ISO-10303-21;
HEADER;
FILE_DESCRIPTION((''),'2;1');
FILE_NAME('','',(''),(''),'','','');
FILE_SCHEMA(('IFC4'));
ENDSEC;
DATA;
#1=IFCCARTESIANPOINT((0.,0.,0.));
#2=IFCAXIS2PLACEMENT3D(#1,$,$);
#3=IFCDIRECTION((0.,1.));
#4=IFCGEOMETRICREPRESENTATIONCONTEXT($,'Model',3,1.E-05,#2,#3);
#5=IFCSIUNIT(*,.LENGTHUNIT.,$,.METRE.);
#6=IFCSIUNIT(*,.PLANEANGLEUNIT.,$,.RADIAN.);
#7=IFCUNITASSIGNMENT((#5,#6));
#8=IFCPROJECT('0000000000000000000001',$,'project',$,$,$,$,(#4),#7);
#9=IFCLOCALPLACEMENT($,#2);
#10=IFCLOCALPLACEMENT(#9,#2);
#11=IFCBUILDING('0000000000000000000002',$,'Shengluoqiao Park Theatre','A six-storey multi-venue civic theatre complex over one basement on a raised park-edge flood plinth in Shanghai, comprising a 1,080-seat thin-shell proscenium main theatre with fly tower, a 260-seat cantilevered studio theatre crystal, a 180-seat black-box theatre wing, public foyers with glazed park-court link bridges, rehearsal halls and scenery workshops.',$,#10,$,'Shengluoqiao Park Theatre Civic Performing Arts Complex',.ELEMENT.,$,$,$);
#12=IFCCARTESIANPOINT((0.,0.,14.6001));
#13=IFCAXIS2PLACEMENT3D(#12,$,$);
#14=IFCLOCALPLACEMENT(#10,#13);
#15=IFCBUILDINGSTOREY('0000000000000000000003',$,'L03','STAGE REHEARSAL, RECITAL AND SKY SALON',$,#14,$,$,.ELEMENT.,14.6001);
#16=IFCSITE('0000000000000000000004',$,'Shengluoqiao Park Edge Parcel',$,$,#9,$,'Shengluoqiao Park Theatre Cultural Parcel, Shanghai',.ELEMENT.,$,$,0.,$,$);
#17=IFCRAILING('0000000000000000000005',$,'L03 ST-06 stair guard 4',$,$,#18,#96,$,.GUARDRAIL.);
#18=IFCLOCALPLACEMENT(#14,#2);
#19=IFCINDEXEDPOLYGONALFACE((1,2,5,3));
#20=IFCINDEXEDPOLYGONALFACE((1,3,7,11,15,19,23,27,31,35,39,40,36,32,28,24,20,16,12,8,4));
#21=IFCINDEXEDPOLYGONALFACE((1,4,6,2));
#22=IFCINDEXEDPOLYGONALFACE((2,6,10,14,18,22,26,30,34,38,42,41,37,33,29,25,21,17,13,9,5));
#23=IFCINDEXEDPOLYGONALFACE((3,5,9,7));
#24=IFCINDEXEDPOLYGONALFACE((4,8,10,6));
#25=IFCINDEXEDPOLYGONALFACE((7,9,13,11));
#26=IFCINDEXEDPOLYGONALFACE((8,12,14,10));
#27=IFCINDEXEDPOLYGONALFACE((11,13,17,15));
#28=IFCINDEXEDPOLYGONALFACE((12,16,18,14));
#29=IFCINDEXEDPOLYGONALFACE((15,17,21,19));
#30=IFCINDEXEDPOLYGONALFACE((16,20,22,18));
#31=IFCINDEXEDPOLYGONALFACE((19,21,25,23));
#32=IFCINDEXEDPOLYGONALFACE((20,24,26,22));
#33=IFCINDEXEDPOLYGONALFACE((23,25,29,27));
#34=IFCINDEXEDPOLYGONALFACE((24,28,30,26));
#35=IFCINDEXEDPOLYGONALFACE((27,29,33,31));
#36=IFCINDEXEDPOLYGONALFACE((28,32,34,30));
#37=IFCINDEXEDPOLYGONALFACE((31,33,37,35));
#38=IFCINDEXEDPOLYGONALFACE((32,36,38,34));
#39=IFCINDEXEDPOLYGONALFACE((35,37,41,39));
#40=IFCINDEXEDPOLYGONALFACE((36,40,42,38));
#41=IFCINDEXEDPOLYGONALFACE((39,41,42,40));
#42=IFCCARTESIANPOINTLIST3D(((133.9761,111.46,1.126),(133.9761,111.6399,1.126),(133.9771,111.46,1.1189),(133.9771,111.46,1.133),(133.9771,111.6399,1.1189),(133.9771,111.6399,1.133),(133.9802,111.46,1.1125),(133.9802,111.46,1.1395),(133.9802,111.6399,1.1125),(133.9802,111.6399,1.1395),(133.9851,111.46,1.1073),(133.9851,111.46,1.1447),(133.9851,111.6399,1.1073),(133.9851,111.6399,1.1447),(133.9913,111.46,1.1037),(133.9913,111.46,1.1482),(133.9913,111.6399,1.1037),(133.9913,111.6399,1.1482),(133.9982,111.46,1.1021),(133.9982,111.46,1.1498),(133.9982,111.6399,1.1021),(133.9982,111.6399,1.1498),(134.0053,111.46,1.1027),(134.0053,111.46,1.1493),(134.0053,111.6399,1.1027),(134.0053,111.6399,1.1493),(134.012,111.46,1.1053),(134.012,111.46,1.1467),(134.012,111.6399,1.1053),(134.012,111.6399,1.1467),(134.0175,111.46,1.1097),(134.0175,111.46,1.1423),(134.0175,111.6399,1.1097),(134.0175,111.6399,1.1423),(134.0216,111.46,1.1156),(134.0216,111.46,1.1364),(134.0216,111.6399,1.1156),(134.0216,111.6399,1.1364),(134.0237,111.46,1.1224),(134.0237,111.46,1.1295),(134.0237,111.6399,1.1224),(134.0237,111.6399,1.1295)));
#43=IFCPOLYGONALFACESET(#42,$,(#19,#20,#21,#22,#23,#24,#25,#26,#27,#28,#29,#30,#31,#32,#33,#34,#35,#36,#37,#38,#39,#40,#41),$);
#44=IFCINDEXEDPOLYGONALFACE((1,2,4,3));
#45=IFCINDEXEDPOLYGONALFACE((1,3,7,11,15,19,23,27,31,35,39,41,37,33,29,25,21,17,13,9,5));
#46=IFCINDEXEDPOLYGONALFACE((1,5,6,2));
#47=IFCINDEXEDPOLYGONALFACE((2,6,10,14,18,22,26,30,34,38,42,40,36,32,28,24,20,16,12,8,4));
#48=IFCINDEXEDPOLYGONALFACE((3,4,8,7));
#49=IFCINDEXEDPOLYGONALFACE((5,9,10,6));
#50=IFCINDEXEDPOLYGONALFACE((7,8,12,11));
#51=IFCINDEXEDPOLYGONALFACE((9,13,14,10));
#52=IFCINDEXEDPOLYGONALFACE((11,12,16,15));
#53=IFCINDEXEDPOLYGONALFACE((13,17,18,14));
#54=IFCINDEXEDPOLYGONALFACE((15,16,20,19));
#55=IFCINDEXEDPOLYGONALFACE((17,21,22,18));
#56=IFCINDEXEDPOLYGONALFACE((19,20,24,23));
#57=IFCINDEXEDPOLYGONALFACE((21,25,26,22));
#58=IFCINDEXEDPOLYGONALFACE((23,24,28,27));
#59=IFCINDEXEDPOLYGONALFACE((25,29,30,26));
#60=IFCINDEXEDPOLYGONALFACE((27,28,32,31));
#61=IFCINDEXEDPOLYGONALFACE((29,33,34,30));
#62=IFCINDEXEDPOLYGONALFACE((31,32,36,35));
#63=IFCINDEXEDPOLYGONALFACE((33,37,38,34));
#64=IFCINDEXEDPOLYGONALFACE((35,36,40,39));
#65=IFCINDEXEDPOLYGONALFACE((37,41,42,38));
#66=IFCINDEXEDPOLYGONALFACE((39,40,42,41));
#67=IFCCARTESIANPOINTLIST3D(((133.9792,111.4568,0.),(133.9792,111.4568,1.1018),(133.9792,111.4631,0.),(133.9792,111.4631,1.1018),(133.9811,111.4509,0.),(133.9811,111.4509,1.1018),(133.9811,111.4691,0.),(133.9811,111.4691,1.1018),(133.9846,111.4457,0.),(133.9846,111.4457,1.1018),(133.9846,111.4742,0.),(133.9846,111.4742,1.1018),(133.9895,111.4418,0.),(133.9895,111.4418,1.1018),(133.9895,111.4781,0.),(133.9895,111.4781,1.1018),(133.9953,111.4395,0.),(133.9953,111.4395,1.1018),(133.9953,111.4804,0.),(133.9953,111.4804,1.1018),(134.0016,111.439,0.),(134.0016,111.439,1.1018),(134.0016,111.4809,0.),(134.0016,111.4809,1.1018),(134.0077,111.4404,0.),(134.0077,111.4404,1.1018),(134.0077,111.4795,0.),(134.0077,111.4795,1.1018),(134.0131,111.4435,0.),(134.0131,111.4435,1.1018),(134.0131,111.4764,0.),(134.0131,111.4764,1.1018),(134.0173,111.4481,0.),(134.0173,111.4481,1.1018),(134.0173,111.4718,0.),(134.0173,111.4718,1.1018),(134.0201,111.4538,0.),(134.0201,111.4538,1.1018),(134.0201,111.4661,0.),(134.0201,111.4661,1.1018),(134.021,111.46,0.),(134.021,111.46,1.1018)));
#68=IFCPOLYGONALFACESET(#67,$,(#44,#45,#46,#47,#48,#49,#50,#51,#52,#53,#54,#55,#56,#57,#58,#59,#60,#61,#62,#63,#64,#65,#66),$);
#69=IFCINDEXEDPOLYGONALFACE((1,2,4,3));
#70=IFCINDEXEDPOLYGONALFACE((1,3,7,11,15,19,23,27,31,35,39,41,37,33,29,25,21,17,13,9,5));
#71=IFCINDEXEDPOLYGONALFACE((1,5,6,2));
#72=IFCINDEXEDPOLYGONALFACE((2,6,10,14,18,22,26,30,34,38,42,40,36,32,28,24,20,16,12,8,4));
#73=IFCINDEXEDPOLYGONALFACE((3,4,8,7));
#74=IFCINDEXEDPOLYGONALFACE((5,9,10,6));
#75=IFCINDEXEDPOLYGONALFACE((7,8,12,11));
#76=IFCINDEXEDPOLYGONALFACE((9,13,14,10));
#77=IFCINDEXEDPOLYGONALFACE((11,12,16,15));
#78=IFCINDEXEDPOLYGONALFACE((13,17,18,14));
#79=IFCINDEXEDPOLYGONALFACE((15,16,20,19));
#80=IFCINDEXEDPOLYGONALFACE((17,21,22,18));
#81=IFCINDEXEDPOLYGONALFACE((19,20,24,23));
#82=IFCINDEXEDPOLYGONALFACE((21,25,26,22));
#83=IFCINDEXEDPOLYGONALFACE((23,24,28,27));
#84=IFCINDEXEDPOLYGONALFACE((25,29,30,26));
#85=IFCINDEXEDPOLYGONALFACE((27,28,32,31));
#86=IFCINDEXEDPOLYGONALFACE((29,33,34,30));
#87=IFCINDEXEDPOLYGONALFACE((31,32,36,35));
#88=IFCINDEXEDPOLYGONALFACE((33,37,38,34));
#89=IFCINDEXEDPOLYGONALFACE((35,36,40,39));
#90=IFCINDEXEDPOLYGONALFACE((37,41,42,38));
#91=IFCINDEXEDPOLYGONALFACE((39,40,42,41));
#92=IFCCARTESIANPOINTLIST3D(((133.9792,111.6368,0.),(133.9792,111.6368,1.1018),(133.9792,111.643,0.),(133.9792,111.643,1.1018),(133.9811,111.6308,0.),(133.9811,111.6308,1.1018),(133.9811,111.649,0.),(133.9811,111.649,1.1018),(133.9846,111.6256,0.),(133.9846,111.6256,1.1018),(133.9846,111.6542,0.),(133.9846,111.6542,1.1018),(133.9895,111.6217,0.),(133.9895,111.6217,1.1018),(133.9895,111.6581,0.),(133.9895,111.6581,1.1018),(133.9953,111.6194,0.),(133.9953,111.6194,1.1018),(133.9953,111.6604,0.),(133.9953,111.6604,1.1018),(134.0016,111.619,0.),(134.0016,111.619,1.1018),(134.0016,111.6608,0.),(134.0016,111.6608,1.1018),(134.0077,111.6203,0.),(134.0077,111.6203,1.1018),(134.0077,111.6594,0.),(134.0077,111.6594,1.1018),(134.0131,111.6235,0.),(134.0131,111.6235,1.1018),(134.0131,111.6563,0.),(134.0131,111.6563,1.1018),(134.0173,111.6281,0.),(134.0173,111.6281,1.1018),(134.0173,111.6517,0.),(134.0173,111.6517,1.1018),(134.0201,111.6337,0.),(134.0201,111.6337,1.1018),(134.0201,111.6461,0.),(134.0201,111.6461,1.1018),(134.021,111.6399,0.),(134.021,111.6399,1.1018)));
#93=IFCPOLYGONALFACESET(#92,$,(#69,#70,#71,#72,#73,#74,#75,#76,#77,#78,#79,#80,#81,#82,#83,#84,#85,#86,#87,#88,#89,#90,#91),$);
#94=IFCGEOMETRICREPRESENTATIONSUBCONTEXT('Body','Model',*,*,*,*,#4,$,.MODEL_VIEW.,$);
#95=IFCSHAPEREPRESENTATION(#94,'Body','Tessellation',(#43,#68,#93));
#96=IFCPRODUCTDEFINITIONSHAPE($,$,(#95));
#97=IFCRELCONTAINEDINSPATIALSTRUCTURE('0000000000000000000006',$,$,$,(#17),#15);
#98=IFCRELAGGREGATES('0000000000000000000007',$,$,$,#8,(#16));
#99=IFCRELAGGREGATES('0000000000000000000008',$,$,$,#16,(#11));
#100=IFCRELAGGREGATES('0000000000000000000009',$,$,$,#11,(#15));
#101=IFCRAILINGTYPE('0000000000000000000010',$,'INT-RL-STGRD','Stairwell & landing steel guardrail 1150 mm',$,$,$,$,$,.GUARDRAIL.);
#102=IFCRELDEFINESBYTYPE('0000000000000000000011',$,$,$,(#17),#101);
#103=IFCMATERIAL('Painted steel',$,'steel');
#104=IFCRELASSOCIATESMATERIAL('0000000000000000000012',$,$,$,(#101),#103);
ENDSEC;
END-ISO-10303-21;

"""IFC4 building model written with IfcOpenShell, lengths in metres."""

from ifc_helpers import new_model, si_unit, direction, frame, origin, origin_2d, place, context, subcontext, project, spatial, circle, extrude, material, type_object, element, save


model = new_model("IFC4")

# Units and contexts
model_context = context("Model", 3, precision=1e-05, world=origin(), true_north=direction((0.0, 1.0)))
body_context = subcontext(model_context, "Body", "Model", "MODEL_VIEW")
ifc_project = project(units=[si_unit("LENGTHUNIT", "METRE"), si_unit("PLANEANGLEUNIT", "RADIAN")], contexts=[model_context])

# Site, building, storey
site_placement = place(None, origin())
site = spatial("IfcSite", under=ifc_project, at=site_placement, Name="Shengluoqiao Park Edge Parcel", LongName="Shengluoqiao Park Theatre Cultural Parcel, Shanghai", CompositionType="ELEMENT", RefElevation=0.0)
building_placement = place(site_placement, origin())
building = spatial("IfcBuilding", under=site, at=building_placement, Name="Shengluoqiao Park Theatre", Description="A six-storey multi-venue civic theatre complex over one basement on a raised park-edge flood plinth in Shanghai, comprising a 1,080-seat thin-shell proscenium main theatre with fly tower, a 260-seat cantilevered studio theatre crystal, a 180-seat black-box theatre wing, public foyers with glazed park-court link bridges, rehearsal halls and scenery workshops.", LongName="Shengluoqiao Park Theatre Civic Performing Arts Complex", CompositionType="ELEMENT")
storey_placement = place(building_placement, frame((0.0, 0.0, 14.6001)))
storey = spatial("IfcBuildingStorey", under=building, at=storey_placement, Name="L03", Description="STAGE REHEARSAL, RECITAL AND SKY SALON", CompositionType="ELEMENT", Elevation=14.6001)

# Railing
ifc_material_1 = material(Name="Painted steel", Category="steel")
railing_type_1 = type_object("IfcRailingType", Name="INT-RL-STGRD", Description="Stairwell & landing steel guardrail 1150 mm", PredefinedType="GUARDRAIL", material=ifc_material_1)
railing_1_placement = place(storey_placement, frame((134.0, 111.46, 0.0)))
element("IfcRailing", 1, at=railing_1_placement, inside=storey, type_object=railing_type_1, Name="L03 ST-06 stair guard 4", PredefinedType="GUARDRAIL", context=body_context, shape_type="SweptSolid", body=[
    extrude(circle(Radius=0.0239, at=origin_2d()), frame((0.0, 0.0, 1.126), z_axis=(0.0, 1.0, 0.0), x_axis=(-1.0, 0.0, 0.0)), (0.0, 0.0, 1.0), 0.1799),
    extrude(circle(Radius=0.021, at=origin_2d()), origin(), (0.0, 0.0, 1.0), 1.1018),
    extrude(circle(Radius=0.021, at=origin_2d()), frame((0.0, 0.1799, 0.0)), (0.0, 0.0, 1.0), 1.1018),
])

save(model, "model.ifc")
